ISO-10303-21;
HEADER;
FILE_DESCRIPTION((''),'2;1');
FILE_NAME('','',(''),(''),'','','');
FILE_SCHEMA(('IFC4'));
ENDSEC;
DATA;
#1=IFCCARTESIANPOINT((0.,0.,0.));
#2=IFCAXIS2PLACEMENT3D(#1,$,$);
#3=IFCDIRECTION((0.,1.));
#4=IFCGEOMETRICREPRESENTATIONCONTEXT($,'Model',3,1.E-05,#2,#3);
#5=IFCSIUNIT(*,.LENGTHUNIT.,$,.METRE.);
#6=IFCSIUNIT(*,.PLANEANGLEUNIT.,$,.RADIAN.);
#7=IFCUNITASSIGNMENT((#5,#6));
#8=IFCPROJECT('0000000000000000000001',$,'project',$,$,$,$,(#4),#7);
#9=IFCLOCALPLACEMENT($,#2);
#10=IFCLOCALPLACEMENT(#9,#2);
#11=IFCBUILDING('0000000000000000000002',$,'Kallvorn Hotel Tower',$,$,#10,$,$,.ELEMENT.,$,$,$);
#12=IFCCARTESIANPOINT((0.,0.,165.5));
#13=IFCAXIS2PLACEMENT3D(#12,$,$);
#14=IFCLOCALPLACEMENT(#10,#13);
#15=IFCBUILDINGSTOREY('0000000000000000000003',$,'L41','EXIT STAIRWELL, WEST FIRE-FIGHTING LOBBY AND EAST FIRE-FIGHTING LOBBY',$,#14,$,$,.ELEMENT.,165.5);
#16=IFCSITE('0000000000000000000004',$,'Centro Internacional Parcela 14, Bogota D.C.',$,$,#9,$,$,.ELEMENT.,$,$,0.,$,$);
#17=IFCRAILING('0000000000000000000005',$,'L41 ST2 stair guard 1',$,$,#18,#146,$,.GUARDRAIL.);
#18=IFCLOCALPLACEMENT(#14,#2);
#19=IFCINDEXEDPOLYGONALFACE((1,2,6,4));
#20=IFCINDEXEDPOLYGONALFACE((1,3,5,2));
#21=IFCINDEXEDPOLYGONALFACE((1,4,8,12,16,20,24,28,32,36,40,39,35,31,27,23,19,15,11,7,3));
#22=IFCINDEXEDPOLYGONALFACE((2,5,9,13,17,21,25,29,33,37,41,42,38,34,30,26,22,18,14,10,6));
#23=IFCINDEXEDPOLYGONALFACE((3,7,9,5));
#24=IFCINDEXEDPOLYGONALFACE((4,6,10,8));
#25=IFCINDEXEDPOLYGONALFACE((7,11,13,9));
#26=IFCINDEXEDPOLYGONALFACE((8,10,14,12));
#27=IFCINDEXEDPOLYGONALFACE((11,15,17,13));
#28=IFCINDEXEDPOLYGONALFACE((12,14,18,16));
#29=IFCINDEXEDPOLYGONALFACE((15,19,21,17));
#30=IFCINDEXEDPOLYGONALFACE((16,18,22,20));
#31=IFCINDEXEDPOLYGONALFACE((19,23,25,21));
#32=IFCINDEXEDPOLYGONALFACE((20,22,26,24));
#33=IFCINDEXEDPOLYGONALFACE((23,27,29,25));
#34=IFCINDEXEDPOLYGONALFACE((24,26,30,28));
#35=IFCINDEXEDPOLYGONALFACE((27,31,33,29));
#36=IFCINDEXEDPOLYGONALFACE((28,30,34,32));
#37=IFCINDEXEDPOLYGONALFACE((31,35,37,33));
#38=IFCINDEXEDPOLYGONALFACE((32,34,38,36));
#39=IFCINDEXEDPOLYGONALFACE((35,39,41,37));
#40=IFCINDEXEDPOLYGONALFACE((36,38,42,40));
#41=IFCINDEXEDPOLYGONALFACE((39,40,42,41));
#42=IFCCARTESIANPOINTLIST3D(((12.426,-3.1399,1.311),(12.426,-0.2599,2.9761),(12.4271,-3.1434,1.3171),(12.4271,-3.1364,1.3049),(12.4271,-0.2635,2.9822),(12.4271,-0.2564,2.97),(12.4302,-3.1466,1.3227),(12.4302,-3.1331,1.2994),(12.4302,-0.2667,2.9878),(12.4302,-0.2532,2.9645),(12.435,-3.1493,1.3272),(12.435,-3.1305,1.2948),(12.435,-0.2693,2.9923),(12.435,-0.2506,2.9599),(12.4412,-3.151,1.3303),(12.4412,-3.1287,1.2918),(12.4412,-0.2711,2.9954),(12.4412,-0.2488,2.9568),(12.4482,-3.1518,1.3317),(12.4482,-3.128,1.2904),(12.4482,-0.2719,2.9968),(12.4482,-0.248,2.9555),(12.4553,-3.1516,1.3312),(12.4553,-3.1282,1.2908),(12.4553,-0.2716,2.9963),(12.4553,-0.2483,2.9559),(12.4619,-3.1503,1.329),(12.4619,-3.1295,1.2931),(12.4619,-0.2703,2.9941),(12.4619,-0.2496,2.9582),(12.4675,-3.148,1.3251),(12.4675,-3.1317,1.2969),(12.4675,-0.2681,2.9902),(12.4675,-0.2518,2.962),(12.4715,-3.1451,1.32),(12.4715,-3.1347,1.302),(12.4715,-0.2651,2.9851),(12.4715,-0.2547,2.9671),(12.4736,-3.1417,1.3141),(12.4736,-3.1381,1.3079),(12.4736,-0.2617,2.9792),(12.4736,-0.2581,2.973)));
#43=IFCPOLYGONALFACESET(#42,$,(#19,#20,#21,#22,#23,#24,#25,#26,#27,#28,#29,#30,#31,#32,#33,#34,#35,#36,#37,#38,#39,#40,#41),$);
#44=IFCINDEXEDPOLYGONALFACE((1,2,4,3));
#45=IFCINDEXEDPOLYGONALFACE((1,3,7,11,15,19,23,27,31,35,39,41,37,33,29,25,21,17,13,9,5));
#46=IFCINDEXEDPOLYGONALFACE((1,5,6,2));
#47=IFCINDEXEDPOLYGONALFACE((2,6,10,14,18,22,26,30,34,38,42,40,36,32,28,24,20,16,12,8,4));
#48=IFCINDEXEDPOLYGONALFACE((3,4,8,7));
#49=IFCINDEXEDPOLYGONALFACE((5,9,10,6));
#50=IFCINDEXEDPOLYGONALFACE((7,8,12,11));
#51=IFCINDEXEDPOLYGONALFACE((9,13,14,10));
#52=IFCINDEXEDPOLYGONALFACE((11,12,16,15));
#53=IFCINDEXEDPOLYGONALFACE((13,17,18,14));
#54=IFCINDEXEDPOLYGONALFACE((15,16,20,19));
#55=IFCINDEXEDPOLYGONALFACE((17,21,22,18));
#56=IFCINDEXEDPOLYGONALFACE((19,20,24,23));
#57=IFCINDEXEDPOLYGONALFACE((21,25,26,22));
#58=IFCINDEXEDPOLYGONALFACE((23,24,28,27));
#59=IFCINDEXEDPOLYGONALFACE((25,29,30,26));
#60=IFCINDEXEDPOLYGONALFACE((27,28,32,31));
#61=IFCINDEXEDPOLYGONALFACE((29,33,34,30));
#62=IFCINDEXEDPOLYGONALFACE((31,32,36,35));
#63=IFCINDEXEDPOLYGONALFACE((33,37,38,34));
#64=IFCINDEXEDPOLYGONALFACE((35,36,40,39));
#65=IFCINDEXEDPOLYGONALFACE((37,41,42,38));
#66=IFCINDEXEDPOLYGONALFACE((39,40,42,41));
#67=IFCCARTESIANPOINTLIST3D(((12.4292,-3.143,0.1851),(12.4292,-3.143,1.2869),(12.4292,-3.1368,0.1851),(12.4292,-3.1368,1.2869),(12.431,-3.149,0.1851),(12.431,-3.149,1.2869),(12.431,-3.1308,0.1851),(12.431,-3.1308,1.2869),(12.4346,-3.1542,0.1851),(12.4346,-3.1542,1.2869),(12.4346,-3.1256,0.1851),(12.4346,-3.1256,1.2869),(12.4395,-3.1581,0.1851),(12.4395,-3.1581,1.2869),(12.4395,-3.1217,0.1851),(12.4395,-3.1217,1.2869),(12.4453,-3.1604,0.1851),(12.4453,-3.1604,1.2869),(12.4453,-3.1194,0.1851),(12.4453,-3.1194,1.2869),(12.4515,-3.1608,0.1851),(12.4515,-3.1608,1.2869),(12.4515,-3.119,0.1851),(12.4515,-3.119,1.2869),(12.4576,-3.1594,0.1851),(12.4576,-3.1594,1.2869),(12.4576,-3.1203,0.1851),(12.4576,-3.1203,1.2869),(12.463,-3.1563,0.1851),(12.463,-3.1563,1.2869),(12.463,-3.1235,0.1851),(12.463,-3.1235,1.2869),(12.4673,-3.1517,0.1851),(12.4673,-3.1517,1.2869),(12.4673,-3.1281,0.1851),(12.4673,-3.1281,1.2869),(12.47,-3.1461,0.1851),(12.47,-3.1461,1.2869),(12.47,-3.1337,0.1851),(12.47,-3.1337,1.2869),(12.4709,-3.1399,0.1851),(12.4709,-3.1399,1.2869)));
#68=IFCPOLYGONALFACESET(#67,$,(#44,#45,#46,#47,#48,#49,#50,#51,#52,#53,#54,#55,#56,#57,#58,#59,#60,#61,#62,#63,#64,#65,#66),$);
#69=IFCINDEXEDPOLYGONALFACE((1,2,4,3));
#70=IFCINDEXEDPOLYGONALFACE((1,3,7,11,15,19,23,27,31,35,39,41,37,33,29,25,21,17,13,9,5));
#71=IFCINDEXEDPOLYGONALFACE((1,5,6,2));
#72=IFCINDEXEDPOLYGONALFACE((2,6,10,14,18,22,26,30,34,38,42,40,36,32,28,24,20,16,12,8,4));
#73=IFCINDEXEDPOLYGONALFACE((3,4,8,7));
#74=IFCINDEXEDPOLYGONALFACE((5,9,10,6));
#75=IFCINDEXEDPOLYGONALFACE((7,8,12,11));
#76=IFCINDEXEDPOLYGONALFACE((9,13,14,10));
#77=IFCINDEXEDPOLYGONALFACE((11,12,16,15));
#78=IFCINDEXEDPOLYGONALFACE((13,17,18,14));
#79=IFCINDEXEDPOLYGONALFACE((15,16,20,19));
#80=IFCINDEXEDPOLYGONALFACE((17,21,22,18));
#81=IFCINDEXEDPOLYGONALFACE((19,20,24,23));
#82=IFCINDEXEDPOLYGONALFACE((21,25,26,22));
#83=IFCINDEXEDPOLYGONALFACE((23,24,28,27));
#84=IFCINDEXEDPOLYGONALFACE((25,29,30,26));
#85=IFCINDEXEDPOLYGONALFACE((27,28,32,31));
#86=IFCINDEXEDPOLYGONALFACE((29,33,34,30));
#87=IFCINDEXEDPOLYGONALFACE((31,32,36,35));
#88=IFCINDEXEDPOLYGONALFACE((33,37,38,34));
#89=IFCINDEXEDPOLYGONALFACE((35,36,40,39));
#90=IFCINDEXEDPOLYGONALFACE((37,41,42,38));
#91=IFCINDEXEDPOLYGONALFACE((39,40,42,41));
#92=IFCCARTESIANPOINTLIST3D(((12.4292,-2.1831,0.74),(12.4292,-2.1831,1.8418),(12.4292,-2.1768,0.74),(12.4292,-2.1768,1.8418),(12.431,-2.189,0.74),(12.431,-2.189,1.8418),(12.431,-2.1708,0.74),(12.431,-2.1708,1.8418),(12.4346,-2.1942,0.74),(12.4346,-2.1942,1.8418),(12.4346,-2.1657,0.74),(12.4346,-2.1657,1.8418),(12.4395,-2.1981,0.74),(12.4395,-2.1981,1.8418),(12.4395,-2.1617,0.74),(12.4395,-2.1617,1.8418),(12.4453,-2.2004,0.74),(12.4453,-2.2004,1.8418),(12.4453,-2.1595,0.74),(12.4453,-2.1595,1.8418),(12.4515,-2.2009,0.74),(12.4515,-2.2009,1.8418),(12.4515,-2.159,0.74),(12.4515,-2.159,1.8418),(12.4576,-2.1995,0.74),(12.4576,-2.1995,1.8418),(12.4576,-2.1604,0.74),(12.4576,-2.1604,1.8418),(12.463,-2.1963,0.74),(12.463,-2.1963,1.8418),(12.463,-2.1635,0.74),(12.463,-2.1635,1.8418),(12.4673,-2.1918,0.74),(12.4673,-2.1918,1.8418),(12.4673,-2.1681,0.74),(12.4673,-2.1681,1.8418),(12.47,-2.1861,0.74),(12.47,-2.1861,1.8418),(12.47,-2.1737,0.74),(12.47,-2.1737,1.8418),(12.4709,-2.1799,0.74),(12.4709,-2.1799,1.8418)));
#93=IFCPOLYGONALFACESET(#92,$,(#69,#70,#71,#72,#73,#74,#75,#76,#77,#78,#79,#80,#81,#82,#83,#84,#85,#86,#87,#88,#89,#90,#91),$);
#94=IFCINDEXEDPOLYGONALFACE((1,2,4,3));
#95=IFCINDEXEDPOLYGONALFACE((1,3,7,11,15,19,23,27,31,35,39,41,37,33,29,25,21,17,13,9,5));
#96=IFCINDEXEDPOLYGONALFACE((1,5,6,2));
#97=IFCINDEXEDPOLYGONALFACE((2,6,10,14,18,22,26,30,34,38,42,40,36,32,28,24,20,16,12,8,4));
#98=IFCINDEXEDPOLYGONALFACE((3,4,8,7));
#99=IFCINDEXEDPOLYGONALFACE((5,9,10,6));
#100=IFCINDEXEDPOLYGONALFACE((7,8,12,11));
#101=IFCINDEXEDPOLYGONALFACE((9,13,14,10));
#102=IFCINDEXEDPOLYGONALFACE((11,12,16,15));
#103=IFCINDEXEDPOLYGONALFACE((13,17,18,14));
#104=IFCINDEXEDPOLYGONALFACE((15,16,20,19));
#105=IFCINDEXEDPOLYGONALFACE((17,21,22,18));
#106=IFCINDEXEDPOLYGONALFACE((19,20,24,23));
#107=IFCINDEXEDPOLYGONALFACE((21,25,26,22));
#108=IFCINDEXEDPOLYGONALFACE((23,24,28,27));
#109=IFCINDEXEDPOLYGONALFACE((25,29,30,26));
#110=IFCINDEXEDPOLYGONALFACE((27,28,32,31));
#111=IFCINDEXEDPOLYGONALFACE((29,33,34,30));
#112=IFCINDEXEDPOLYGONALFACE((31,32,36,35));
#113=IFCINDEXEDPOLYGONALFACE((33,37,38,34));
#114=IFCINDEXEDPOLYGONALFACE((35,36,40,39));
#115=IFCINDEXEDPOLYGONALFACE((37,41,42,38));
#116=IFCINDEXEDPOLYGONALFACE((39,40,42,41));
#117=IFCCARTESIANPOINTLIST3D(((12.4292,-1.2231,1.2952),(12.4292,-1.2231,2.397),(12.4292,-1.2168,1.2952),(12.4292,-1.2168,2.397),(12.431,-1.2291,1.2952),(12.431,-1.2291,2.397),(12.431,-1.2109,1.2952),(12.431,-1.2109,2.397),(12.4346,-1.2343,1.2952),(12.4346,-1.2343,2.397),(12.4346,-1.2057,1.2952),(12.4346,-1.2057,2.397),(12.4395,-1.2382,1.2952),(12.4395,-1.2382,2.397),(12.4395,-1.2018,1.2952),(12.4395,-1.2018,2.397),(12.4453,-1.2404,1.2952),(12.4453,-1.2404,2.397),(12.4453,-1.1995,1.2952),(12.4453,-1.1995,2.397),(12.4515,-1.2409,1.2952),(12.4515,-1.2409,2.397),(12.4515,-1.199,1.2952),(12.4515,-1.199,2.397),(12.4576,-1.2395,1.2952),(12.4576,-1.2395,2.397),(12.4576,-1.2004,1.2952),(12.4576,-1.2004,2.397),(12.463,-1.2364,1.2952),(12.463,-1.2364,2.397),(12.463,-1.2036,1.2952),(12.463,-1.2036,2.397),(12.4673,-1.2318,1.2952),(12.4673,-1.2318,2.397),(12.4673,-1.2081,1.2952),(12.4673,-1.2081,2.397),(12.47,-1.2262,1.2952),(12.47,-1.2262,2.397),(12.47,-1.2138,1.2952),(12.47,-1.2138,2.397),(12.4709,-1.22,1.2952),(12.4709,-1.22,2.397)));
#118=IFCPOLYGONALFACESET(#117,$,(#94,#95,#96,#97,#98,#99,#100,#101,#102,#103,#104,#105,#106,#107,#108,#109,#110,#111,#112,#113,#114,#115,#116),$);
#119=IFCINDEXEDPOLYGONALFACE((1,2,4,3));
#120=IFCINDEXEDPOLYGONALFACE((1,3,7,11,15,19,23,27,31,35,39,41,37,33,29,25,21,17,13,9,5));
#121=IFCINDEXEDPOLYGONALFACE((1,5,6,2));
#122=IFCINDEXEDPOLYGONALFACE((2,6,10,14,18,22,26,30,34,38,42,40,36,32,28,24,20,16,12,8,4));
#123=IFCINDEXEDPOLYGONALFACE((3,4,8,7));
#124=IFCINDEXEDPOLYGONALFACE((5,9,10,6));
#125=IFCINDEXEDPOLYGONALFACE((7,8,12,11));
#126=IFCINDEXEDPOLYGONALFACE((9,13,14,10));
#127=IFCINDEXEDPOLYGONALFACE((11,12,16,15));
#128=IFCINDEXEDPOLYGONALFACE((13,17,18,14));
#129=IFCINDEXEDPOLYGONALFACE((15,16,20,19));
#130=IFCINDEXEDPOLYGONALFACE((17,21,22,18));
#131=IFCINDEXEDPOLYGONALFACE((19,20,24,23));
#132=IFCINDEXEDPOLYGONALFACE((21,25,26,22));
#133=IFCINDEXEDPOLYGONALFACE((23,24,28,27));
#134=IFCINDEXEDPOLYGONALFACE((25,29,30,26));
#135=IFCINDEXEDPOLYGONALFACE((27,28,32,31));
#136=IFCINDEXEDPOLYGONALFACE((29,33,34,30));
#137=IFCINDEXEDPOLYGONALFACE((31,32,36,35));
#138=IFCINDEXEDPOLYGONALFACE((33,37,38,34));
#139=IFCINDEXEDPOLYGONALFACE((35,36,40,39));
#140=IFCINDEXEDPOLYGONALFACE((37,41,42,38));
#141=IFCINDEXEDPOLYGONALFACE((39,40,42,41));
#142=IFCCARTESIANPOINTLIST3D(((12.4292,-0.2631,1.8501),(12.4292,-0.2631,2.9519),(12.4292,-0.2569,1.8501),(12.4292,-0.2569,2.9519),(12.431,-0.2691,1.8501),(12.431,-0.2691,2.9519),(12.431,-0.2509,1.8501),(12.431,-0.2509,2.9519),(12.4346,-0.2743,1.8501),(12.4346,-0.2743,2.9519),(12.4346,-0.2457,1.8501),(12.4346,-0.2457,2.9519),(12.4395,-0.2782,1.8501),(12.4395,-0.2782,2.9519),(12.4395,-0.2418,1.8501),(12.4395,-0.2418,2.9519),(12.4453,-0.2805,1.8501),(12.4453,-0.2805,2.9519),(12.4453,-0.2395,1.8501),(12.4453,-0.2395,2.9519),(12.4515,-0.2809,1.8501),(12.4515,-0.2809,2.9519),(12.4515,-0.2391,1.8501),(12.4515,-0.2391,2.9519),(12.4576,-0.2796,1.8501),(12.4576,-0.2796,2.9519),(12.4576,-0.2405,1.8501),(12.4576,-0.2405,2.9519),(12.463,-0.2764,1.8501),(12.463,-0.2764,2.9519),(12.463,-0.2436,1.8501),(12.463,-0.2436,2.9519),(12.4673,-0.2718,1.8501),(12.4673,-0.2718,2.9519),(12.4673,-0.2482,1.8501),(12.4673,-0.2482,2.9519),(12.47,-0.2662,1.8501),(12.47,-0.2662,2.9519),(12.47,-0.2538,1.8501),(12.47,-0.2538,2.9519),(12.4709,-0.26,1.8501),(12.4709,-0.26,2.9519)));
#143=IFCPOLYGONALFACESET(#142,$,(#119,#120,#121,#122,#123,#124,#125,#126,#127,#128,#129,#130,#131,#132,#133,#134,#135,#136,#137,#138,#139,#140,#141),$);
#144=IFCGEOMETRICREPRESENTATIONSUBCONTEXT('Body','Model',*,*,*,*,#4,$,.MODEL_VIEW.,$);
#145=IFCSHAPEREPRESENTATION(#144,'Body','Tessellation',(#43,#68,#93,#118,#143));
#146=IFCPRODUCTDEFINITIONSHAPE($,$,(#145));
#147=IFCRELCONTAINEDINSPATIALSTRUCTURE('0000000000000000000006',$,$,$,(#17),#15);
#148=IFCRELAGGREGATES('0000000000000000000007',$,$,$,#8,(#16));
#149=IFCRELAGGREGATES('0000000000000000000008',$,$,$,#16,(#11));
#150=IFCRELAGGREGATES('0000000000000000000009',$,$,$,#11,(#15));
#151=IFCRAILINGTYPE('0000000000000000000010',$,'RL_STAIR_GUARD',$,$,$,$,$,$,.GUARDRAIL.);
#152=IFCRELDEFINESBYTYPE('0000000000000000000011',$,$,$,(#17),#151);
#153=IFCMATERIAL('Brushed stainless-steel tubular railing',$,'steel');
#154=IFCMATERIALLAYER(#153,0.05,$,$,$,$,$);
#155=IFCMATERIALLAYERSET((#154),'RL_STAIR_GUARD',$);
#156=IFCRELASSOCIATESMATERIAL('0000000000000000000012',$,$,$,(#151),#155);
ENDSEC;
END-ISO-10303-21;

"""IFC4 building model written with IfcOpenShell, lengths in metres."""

from ifc_helpers import new_model, si_unit, direction, frame, origin, origin_2d, place, context, subcontext, project, spatial, circle, extrude, material, layer, layer_set, type_object, element, save


model = new_model("IFC4")

# Units and contexts
model_context = context("Model", 3, precision=1e-05, world=origin(), true_north=direction((0.0, 1.0)))
body_context = subcontext(model_context, "Body", "Model", "MODEL_VIEW")
ifc_project = project(units=[si_unit("LENGTHUNIT", "METRE"), si_unit("PLANEANGLEUNIT", "RADIAN")], contexts=[model_context])

# Site, building, storey
site_placement = place(None, origin())
site = spatial("IfcSite", under=ifc_project, at=site_placement, Name="Centro Internacional Parcela 14, Bogota D.C.", CompositionType="ELEMENT", RefElevation=0.0)
building_placement = place(site_placement, origin())
building = spatial("IfcBuilding", under=site, at=building_placement, Name="Kallvorn Hotel Tower", CompositionType="ELEMENT")
storey_placement = place(building_placement, frame((0.0, 0.0, 165.5)))
storey = spatial("IfcBuildingStorey", under=building, at=storey_placement, Name="L41", Description="EXIT STAIRWELL, WEST FIRE-FIGHTING LOBBY AND EAST FIRE-FIGHTING LOBBY", CompositionType="ELEMENT", Elevation=165.5)

# Railing
ifc_material_1 = material(Name="Brushed stainless-steel tubular railing", Category="steel")
ifc_layer_1 = layer(ifc_material_1, 0.05)
ifc_layer_set_1 = layer_set([ifc_layer_1], Name="RL_STAIR_GUARD")
railing_type_1 = type_object("IfcRailingType", Name="RL_STAIR_GUARD", PredefinedType="GUARDRAIL", material=ifc_layer_set_1)
railing_1_placement = place(storey_placement, frame((12.45, -3.1399, 0.1851)))
element("IfcRailing", 1, at=railing_1_placement, inside=storey, type_object=railing_type_1, Name="L41 ST2 stair guard 1", PredefinedType="GUARDRAIL", context=body_context, shape_type="SweptSolid", body=[
    extrude(circle(Radius=0.0239, at=origin_2d()), frame((0.0, 0.0, 1.126), z_axis=(0.0, 0.865721, 0.500527), x_axis=(-1.0, 0.0, 0.0)), (0.0, 0.0, 1.0), 3.3267),
    extrude(circle(Radius=0.021, at=origin_2d()), origin(), (0.0, 0.0, 1.0), 1.1018),
    extrude(circle(Radius=0.021, at=origin_2d()), frame((0.0, 0.96, 0.5549)), (0.0, 0.0, 1.0), 1.1018),
    extrude(circle(Radius=0.021, at=origin_2d()), frame((0.0, 1.9199, 1.1101)), (0.0, 0.0, 1.0), 1.1018),
    extrude(circle(Radius=0.021, at=origin_2d()), frame((0.0, 2.8799, 1.665)), (0.0, 0.0, 1.0), 1.1018),
])

save(model, "model.ifc")
